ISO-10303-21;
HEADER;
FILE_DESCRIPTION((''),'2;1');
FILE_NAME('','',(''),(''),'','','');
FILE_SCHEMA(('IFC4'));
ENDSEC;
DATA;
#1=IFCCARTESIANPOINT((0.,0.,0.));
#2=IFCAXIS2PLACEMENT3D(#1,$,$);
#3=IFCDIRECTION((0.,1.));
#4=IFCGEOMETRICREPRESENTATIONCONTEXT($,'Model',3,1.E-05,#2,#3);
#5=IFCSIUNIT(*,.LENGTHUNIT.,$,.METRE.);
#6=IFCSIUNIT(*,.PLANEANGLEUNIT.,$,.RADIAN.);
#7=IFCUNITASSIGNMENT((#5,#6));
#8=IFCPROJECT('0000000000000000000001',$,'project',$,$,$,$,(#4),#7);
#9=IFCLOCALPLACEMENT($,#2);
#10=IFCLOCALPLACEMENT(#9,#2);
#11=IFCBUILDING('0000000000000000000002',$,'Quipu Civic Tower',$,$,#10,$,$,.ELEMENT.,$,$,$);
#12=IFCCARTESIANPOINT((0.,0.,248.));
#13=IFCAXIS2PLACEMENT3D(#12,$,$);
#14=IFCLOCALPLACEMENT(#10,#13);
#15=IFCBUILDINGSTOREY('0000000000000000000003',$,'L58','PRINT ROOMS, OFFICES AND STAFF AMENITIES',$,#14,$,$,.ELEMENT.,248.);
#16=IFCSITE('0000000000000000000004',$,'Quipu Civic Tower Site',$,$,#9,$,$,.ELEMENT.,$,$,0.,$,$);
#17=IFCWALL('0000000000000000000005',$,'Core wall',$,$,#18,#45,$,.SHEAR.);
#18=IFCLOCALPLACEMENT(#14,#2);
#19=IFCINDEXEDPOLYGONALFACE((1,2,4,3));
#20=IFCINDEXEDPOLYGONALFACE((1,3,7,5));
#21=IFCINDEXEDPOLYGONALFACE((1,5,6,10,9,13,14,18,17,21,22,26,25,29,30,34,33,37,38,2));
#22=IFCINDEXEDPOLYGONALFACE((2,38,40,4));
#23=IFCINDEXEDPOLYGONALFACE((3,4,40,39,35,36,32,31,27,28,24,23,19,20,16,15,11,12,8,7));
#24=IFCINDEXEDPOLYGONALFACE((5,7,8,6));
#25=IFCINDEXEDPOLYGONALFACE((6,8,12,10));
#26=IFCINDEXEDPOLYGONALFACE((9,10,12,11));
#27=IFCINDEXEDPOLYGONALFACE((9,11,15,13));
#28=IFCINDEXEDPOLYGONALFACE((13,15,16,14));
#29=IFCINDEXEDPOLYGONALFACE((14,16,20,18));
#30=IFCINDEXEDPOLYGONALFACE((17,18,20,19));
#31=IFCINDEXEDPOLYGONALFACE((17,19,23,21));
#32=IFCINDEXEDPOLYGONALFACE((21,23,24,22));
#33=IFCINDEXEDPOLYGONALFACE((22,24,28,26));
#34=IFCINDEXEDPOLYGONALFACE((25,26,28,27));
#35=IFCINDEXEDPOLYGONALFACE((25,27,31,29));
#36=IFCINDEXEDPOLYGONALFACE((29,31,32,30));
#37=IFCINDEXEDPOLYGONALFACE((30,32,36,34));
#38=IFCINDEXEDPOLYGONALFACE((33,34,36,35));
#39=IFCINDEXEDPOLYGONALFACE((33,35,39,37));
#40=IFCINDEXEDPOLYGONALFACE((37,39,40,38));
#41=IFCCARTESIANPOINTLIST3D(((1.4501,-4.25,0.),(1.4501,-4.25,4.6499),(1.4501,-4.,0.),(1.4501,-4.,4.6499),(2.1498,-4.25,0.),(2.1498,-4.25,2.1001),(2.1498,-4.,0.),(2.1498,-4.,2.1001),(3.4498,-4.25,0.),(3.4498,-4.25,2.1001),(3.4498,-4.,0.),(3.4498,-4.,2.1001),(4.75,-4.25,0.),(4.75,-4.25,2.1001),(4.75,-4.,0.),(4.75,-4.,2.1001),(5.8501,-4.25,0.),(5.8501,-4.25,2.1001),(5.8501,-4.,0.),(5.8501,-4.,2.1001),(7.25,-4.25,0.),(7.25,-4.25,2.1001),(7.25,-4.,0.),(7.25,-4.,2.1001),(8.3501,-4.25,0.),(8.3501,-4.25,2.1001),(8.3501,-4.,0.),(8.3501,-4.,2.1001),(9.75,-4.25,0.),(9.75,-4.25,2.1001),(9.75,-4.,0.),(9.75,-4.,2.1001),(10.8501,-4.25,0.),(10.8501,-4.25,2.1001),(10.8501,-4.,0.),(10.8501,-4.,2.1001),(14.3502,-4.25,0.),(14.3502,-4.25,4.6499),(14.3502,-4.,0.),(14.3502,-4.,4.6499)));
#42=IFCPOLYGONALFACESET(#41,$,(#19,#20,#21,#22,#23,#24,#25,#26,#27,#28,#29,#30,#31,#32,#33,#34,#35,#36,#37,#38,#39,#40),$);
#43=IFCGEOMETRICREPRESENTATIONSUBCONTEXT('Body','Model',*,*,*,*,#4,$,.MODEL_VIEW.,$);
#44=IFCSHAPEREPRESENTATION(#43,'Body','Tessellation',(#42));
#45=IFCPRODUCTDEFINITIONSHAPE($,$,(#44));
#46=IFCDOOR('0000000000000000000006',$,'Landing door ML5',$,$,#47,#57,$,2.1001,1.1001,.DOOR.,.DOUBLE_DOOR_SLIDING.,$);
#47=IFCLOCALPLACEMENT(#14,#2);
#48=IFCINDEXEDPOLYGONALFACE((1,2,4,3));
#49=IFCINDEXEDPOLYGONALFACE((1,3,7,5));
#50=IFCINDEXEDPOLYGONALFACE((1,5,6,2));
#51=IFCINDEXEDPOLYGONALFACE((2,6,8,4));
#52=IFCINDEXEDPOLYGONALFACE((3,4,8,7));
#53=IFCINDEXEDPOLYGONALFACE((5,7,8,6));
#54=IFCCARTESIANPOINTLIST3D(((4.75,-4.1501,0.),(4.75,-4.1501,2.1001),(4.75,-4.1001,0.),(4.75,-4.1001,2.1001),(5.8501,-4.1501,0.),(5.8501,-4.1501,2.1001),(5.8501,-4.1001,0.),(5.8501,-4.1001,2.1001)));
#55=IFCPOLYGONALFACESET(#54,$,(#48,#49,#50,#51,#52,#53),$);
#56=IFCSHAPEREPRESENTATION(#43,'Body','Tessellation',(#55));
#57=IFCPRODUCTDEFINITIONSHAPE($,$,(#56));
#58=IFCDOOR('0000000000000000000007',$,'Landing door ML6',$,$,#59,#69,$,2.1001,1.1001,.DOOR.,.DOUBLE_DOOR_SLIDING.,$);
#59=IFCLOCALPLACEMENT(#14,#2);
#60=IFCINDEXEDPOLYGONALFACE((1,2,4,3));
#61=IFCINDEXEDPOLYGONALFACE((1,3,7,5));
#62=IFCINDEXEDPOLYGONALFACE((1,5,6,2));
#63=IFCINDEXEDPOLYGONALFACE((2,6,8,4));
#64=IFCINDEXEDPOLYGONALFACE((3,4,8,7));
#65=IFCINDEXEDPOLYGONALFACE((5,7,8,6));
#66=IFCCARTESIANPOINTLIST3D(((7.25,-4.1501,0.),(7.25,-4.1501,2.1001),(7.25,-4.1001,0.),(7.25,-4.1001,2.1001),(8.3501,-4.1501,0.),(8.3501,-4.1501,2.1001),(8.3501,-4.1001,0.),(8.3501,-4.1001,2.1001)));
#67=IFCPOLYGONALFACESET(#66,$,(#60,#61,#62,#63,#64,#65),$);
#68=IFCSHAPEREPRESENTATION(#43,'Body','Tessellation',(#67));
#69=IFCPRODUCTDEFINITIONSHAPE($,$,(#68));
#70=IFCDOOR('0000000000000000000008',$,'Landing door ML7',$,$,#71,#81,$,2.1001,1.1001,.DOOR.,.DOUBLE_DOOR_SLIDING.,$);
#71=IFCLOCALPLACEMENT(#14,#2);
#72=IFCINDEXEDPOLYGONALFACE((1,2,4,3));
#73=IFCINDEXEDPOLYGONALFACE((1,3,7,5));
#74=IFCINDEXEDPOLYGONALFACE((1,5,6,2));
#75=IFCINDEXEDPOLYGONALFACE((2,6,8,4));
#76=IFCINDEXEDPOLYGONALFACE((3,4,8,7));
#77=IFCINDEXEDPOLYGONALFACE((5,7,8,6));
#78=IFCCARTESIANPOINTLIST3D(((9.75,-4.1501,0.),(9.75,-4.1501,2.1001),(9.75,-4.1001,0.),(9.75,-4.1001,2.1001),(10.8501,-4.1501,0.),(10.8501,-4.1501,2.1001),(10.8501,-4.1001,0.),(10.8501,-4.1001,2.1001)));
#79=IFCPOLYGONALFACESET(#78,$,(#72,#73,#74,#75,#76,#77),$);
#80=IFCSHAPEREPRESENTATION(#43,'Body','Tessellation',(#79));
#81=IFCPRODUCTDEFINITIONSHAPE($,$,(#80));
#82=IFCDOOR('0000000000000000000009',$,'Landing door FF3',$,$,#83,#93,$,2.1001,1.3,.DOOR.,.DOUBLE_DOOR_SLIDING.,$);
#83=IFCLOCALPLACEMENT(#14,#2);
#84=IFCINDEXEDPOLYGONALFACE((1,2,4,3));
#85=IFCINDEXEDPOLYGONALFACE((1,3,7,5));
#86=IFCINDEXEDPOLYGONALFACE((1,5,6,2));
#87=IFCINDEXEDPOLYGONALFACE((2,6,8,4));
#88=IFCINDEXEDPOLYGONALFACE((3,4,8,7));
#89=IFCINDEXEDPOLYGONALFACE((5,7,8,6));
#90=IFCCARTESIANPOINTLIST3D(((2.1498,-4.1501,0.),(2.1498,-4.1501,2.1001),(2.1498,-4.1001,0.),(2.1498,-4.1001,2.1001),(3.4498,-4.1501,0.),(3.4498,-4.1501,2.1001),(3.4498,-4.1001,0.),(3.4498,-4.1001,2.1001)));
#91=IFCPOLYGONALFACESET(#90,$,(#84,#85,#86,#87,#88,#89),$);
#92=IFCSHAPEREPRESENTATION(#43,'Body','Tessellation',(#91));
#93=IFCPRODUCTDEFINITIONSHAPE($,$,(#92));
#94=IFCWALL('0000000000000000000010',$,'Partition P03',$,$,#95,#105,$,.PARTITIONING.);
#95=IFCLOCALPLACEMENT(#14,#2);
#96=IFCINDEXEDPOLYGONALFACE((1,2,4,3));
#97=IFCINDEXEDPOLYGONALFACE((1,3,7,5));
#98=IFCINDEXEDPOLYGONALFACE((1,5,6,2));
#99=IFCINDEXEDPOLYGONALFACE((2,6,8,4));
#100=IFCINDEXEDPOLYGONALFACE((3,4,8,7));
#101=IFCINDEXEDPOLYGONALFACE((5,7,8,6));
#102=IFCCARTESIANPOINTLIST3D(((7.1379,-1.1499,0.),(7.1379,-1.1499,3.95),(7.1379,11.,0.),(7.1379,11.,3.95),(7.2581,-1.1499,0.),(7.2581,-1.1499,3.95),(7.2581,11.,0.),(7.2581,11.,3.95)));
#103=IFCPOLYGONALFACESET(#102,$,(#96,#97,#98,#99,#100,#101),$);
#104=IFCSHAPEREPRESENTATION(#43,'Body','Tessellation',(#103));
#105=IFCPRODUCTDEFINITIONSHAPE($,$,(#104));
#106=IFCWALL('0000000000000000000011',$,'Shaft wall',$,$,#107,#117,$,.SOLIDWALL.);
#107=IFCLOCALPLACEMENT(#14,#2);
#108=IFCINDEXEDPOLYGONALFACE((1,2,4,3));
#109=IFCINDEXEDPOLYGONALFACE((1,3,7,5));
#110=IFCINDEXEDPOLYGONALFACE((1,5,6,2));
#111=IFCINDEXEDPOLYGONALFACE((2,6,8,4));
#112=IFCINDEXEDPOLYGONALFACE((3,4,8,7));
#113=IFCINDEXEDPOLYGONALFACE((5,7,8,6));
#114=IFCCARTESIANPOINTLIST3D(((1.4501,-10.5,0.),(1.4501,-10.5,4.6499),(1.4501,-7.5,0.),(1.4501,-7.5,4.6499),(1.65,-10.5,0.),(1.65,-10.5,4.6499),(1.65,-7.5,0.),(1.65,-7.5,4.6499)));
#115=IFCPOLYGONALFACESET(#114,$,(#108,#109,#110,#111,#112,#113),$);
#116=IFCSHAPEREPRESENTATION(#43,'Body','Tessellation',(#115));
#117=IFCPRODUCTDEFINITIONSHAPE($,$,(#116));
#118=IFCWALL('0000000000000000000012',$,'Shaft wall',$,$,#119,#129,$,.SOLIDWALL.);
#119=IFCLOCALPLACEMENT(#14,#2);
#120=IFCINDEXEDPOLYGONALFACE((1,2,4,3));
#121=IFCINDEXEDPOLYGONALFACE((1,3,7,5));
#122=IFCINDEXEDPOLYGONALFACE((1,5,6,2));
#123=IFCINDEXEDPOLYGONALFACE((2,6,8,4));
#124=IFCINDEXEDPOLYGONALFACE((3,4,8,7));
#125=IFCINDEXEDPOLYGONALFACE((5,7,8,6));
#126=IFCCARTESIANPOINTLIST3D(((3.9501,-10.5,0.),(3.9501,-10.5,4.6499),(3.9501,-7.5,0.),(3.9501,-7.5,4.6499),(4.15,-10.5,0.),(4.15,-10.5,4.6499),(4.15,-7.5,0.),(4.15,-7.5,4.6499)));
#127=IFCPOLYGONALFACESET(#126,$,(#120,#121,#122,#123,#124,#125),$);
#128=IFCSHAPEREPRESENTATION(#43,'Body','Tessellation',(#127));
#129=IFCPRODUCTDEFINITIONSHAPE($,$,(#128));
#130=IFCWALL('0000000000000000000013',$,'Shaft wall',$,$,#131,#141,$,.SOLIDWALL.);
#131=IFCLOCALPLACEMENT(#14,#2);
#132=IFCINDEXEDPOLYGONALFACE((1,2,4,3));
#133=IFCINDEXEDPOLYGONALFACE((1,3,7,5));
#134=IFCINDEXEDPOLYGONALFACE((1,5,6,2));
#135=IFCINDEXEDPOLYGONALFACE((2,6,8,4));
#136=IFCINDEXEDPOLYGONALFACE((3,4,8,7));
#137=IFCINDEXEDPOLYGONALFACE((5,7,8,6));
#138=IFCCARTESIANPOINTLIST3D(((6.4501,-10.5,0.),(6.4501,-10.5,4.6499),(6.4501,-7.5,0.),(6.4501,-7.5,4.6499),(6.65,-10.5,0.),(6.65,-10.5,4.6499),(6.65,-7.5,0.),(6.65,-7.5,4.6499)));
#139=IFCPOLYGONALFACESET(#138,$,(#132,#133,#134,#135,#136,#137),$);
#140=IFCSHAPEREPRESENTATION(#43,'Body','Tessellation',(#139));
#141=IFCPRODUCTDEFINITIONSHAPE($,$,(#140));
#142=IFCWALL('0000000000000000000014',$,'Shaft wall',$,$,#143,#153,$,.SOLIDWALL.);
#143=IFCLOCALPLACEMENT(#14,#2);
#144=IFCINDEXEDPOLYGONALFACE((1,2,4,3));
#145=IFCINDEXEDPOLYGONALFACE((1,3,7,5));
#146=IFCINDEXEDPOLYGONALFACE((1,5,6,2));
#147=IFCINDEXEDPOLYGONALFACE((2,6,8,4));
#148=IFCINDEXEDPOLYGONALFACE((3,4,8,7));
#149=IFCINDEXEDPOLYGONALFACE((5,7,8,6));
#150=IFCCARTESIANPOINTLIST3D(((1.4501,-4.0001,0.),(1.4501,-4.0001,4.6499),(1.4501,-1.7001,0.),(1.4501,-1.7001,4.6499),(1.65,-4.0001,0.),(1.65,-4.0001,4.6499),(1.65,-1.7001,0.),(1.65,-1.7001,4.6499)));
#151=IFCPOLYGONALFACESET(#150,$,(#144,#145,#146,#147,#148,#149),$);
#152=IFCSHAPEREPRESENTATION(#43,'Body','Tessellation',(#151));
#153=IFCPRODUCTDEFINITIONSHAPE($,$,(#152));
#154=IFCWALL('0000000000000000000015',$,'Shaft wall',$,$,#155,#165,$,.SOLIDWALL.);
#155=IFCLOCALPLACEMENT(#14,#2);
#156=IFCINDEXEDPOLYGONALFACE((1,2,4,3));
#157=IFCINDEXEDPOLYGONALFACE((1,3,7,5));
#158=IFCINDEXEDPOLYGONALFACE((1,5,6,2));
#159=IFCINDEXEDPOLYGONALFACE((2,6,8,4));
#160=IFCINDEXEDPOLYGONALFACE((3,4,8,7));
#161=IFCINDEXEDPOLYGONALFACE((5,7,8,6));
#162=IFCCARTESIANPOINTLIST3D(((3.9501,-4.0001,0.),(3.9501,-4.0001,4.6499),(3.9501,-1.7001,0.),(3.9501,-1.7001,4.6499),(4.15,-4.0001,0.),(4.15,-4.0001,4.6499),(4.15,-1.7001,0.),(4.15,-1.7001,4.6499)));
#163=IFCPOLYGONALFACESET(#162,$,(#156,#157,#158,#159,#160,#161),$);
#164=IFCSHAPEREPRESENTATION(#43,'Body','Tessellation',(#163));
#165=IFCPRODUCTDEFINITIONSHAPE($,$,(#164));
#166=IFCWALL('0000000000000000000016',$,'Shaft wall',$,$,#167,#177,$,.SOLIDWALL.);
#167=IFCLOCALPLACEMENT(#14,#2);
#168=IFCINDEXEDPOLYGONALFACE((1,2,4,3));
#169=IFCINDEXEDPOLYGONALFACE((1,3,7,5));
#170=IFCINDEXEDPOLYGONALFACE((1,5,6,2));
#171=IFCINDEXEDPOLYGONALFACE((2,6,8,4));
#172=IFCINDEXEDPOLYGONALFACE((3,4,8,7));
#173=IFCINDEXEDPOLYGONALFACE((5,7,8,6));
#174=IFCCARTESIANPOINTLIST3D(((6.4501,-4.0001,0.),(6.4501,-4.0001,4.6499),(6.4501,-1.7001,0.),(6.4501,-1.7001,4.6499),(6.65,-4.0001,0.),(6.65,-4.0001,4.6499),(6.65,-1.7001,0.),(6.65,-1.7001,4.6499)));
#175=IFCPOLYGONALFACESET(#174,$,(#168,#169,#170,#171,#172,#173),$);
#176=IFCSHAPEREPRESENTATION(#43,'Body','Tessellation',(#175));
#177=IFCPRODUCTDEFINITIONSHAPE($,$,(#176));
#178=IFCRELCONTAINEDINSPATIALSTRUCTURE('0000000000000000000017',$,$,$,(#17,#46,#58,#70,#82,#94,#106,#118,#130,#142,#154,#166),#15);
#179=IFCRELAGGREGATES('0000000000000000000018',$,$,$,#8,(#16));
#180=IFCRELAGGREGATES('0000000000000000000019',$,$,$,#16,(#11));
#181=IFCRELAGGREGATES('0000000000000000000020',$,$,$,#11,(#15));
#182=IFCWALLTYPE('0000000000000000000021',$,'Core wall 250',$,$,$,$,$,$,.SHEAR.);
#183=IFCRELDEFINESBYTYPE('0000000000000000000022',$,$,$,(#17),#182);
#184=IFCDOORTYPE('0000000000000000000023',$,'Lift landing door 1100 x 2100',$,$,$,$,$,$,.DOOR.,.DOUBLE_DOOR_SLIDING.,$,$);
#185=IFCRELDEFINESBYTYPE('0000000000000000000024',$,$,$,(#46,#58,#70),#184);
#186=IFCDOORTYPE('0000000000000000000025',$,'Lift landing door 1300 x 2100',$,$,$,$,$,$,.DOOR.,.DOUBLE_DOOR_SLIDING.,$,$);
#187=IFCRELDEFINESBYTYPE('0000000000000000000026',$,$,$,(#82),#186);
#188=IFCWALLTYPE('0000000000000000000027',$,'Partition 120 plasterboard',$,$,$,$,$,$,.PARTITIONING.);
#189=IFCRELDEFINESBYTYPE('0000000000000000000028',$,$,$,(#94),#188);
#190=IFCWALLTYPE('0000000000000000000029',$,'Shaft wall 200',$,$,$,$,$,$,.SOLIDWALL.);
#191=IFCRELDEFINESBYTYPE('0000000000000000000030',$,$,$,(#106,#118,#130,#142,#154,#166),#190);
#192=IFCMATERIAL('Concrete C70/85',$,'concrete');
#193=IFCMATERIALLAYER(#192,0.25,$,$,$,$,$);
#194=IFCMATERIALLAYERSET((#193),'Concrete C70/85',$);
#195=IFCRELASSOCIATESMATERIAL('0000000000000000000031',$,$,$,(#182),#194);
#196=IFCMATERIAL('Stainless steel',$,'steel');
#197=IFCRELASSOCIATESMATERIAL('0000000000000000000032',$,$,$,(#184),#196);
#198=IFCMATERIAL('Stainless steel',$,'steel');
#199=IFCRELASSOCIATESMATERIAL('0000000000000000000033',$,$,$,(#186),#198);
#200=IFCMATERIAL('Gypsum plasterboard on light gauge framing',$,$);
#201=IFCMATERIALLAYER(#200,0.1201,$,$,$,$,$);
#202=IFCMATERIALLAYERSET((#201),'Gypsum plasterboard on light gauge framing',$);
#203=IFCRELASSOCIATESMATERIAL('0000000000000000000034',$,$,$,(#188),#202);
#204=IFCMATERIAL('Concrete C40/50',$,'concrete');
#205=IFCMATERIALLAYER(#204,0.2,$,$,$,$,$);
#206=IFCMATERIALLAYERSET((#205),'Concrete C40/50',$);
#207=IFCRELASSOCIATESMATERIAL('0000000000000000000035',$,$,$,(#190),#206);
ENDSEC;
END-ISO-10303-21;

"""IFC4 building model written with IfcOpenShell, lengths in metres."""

from ifc_helpers import new_model, si_unit, direction, frame, frame_2d, origin, place, context, subcontext, project, spatial, rectangle, extrude, material, layer, layer_set, type_object, element, fill, save


model = new_model("IFC4")

# Units and contexts
model_context = context("Model", 3, precision=1e-05, world=origin(), true_north=direction((0.0, 1.0)))
body_context = subcontext(model_context, "Body", "Model", "MODEL_VIEW")
ifc_project = project(units=[si_unit("LENGTHUNIT", "METRE"), si_unit("PLANEANGLEUNIT", "RADIAN")], contexts=[model_context])

# Site, building, storey
site_placement = place(None, origin())
site = spatial("IfcSite", under=ifc_project, at=site_placement, Name="Quipu Civic Tower Site", CompositionType="ELEMENT", RefElevation=0.0)
building_placement = place(site_placement, origin())
building = spatial("IfcBuilding", under=site, at=building_placement, Name="Quipu Civic Tower", CompositionType="ELEMENT")
storey_placement = place(building_placement, frame((0.0, 0.0, 248.0)))
storey = spatial("IfcBuildingStorey", under=building, at=storey_placement, Name="L58", Description="PRINT ROOMS, OFFICES AND STAFF AMENITIES", CompositionType="ELEMENT", Elevation=248.0)

# Wall, openings, doors
ifc_material_1 = material(Name="Concrete C70/85", Category="concrete")
ifc_layer_1 = layer(ifc_material_1, 0.25)
ifc_layer_set_1 = layer_set([ifc_layer_1], Name="Concrete C70/85")
wall_type_1 = type_object("IfcWallType", Name="Core wall 250", PredefinedType="SHEAR", material=ifc_layer_set_1)
wall_1_placement = place(storey_placement, frame((1.45, -4.125, 0.0), z_axis=(0.0, 0.0, 1.0), x_axis=(1.0, 0.0, 0.0)))
wall_1 = element("IfcWall", 1, at=wall_1_placement, inside=storey, type_object=wall_type_1, Name="Core wall", PredefinedType="SHEAR", context=body_context, shape_type="SweptSolid", body=[
    extrude(rectangle(XDim=12.9001, YDim=0.25, at=frame_2d((6.4502, 0.0))), origin(), (0.0, 0.0, 1.0), 4.6499),
])
opening_1_placement = place(wall_1_placement, frame((0.7, 0.0, 0.0)))
opening_1 = element("IfcOpeningElement", 2, at=opening_1_placement, cuts=wall_1, PredefinedType="OPENING", context=body_context, shape_type="SweptSolid", body=[
    extrude(rectangle(XDim=1.3, YDim=2.1001, at=frame_2d((0.6499, 1.05))), frame((0.0, 0.135, 0.0), z_axis=(0.0, -1.0, 0.0), x_axis=(1.0, 0.0, 0.0)), (0.0, 0.0, 1.0), 0.27),
])
opening_2_placement = place(wall_1_placement, frame((3.3, 0.0, 0.0)))
opening_2 = element("IfcOpeningElement", 3, at=opening_2_placement, cuts=wall_1, PredefinedType="OPENING", context=body_context, shape_type="SweptSolid", body=[
    extrude(rectangle(XDim=1.1001, YDim=2.1001, at=frame_2d((0.55, 1.05))), frame((0.0, 0.135, 0.0), z_axis=(0.0, -1.0, 0.0), x_axis=(1.0, 0.0, 0.0)), (0.0, 0.0, 1.0), 0.27),
])
opening_3_placement = place(wall_1_placement, frame((5.8, 0.0, 0.0)))
opening_3 = element("IfcOpeningElement", 4, at=opening_3_placement, cuts=wall_1, PredefinedType="OPENING", context=body_context, shape_type="SweptSolid", body=[
    extrude(rectangle(XDim=1.1001, YDim=2.1001, at=frame_2d((0.55, 1.05))), frame((0.0, 0.135, 0.0), z_axis=(0.0, -1.0, 0.0), x_axis=(1.0, 0.0, 0.0)), (0.0, 0.0, 1.0), 0.27),
])
opening_4_placement = place(wall_1_placement, frame((8.3, 0.0, 0.0)))
opening_4 = element("IfcOpeningElement", 5, at=opening_4_placement, cuts=wall_1, PredefinedType="OPENING", context=body_context, shape_type="SweptSolid", body=[
    extrude(rectangle(XDim=1.1001, YDim=2.1001, at=frame_2d((0.55, 1.05))), frame((0.0, 0.135, 0.0), z_axis=(0.0, -1.0, 0.0), x_axis=(1.0, 0.0, 0.0)), (0.0, 0.0, 1.0), 0.27),
])
ifc_material_2 = material(Name="Stainless steel", Category="steel")
door_type_1 = type_object("IfcDoorType", Name="Lift landing door 1100 x 2100", OperationType="DOUBLE_DOOR_SLIDING", PredefinedType="DOOR", material=ifc_material_2)
door_1_placement = place(opening_2_placement, origin())
door_1 = element("IfcDoor", 6, at=door_1_placement, inside=storey, type_object=door_type_1, Name="Landing door ML5", OperationType="DOUBLE_DOOR_SLIDING", OverallHeight=2.1001, OverallWidth=1.1001, PredefinedType="DOOR", context=body_context, shape_type="SweptSolid", body=[
    extrude(rectangle(XDim=1.1001, YDim=2.1001, at=frame_2d((0.55, 1.05))), frame((0.0, 0.0249, 0.0), z_axis=(0.0, -1.0, 0.0), x_axis=(1.0, 0.0, 0.0)), (0.0, 0.0, 1.0), 0.05),
])
fill(opening_2, door_1)
door_2_placement = place(opening_3_placement, origin())
door_2 = element("IfcDoor", 7, at=door_2_placement, inside=storey, type_object=door_type_1, Name="Landing door ML6", OperationType="DOUBLE_DOOR_SLIDING", OverallHeight=2.1001, OverallWidth=1.1001, PredefinedType="DOOR", context=body_context, shape_type="SweptSolid", body=[
    extrude(rectangle(XDim=1.1001, YDim=2.1001, at=frame_2d((0.55, 1.05))), frame((0.0, 0.0249, 0.0), z_axis=(0.0, -1.0, 0.0), x_axis=(1.0, 0.0, 0.0)), (0.0, 0.0, 1.0), 0.05),
])
fill(opening_3, door_2)
door_3_placement = place(opening_4_placement, origin())
door_3 = element("IfcDoor", 8, at=door_3_placement, inside=storey, type_object=door_type_1, Name="Landing door ML7", OperationType="DOUBLE_DOOR_SLIDING", OverallHeight=2.1001, OverallWidth=1.1001, PredefinedType="DOOR", context=body_context, shape_type="SweptSolid", body=[
    extrude(rectangle(XDim=1.1001, YDim=2.1001, at=frame_2d((0.55, 1.05))), frame((0.0, 0.0249, 0.0), z_axis=(0.0, -1.0, 0.0), x_axis=(1.0, 0.0, 0.0)), (0.0, 0.0, 1.0), 0.05),
])
fill(opening_4, door_3)
ifc_material_3 = material(Name="Stainless steel", Category="steel")
door_type_2 = type_object("IfcDoorType", Name="Lift landing door 1300 x 2100", OperationType="DOUBLE_DOOR_SLIDING", PredefinedType="DOOR", material=ifc_material_3)
door_4_placement = place(opening_1_placement, origin())
door_4 = element("IfcDoor", 9, at=door_4_placement, inside=storey, type_object=door_type_2, Name="Landing door FF3", OperationType="DOUBLE_DOOR_SLIDING", OverallHeight=2.1001, OverallWidth=1.3, PredefinedType="DOOR", context=body_context, shape_type="SweptSolid", body=[
    extrude(rectangle(XDim=1.3, YDim=2.1001, at=frame_2d((0.6499, 1.05))), frame((0.0, 0.0249, 0.0), z_axis=(0.0, -1.0, 0.0), x_axis=(1.0, 0.0, 0.0)), (0.0, 0.0, 1.0), 0.05),
])
fill(opening_1, door_4)

# Walls
ifc_material_4 = material(Name="Gypsum plasterboard on light gauge framing")
ifc_layer_2 = layer(ifc_material_4, 0.1201)
ifc_layer_set_2 = layer_set([ifc_layer_2], Name="Gypsum plasterboard on light gauge framing")
wall_type_2 = type_object("IfcWallType", Name="Partition 120 plasterboard", PredefinedType="PARTITIONING", material=ifc_layer_set_2)
wall_2_placement = place(storey_placement, frame((7.198, -1.1499, 0.0), z_axis=(0.0, 0.0, 1.0), x_axis=(0.0, 1.0, 0.0)))
element("IfcWall", 10, at=wall_2_placement, inside=storey, type_object=wall_type_2, Name="Partition P03", PredefinedType="PARTITIONING", context=body_context, shape_type="SweptSolid", body=[
    extrude(rectangle(XDim=12.1499, YDim=0.1201, at=frame_2d((6.075, 0.0))), origin(), (0.0, 0.0, 1.0), 3.95),
])
ifc_material_5 = material(Name="Concrete C40/50", Category="concrete")
ifc_layer_3 = layer(ifc_material_5, 0.2)
ifc_layer_set_3 = layer_set([ifc_layer_3], Name="Concrete C40/50")
wall_type_3 = type_object("IfcWallType", Name="Shaft wall 200", PredefinedType="SOLIDWALL", material=ifc_layer_set_3)
for number, where, z_axis, x_axis, name in (
    (11, (1.55, -10.5, 0.0), (0.0, 0.0, 1.0), (0.0, 1.0, 0.0), "Shaft wall"),
    (12, (4.05, -10.5, 0.0), (0.0, 0.0, 1.0), (0.0, 1.0, 0.0), "Shaft wall"),
    (13, (6.55, -10.5, 0.0), (0.0, 0.0, 1.0), (0.0, 1.0, 0.0), "Shaft wall"),
):
    element("IfcWall", number, at=place(storey_placement, frame(where, z_axis=z_axis, x_axis=x_axis)), inside=storey, type_object=wall_type_3, Name=name, PredefinedType="SOLIDWALL", context=body_context, shape_type="SweptSolid", body=[
        extrude(rectangle(XDim=3.0, YDim=0.2, at=frame_2d((1.5, 0.0))), origin(), (0.0, 0.0, 1.0), 4.6499),
    ])
for number, where, z_axis, x_axis, name in (
    (14, (1.55, -4.0, 0.0), (0.0, 0.0, 1.0), (0.0, 1.0, 0.0), "Shaft wall"),
    (15, (4.05, -4.0, 0.0), (0.0, 0.0, 1.0), (0.0, 1.0, 0.0), "Shaft wall"),
    (16, (6.55, -4.0, 0.0), (0.0, 0.0, 1.0), (0.0, 1.0, 0.0), "Shaft wall"),
):
    element("IfcWall", number, at=place(storey_placement, frame(where, z_axis=z_axis, x_axis=x_axis)), inside=storey, type_object=wall_type_3, Name=name, PredefinedType="SOLIDWALL", context=body_context, shape_type="SweptSolid", body=[
        extrude(rectangle(XDim=2.3, YDim=0.2, at=frame_2d((1.1499, 0.0))), origin(), (0.0, 0.0, 1.0), 4.6499),
    ])

save(model, "model.ifc")
